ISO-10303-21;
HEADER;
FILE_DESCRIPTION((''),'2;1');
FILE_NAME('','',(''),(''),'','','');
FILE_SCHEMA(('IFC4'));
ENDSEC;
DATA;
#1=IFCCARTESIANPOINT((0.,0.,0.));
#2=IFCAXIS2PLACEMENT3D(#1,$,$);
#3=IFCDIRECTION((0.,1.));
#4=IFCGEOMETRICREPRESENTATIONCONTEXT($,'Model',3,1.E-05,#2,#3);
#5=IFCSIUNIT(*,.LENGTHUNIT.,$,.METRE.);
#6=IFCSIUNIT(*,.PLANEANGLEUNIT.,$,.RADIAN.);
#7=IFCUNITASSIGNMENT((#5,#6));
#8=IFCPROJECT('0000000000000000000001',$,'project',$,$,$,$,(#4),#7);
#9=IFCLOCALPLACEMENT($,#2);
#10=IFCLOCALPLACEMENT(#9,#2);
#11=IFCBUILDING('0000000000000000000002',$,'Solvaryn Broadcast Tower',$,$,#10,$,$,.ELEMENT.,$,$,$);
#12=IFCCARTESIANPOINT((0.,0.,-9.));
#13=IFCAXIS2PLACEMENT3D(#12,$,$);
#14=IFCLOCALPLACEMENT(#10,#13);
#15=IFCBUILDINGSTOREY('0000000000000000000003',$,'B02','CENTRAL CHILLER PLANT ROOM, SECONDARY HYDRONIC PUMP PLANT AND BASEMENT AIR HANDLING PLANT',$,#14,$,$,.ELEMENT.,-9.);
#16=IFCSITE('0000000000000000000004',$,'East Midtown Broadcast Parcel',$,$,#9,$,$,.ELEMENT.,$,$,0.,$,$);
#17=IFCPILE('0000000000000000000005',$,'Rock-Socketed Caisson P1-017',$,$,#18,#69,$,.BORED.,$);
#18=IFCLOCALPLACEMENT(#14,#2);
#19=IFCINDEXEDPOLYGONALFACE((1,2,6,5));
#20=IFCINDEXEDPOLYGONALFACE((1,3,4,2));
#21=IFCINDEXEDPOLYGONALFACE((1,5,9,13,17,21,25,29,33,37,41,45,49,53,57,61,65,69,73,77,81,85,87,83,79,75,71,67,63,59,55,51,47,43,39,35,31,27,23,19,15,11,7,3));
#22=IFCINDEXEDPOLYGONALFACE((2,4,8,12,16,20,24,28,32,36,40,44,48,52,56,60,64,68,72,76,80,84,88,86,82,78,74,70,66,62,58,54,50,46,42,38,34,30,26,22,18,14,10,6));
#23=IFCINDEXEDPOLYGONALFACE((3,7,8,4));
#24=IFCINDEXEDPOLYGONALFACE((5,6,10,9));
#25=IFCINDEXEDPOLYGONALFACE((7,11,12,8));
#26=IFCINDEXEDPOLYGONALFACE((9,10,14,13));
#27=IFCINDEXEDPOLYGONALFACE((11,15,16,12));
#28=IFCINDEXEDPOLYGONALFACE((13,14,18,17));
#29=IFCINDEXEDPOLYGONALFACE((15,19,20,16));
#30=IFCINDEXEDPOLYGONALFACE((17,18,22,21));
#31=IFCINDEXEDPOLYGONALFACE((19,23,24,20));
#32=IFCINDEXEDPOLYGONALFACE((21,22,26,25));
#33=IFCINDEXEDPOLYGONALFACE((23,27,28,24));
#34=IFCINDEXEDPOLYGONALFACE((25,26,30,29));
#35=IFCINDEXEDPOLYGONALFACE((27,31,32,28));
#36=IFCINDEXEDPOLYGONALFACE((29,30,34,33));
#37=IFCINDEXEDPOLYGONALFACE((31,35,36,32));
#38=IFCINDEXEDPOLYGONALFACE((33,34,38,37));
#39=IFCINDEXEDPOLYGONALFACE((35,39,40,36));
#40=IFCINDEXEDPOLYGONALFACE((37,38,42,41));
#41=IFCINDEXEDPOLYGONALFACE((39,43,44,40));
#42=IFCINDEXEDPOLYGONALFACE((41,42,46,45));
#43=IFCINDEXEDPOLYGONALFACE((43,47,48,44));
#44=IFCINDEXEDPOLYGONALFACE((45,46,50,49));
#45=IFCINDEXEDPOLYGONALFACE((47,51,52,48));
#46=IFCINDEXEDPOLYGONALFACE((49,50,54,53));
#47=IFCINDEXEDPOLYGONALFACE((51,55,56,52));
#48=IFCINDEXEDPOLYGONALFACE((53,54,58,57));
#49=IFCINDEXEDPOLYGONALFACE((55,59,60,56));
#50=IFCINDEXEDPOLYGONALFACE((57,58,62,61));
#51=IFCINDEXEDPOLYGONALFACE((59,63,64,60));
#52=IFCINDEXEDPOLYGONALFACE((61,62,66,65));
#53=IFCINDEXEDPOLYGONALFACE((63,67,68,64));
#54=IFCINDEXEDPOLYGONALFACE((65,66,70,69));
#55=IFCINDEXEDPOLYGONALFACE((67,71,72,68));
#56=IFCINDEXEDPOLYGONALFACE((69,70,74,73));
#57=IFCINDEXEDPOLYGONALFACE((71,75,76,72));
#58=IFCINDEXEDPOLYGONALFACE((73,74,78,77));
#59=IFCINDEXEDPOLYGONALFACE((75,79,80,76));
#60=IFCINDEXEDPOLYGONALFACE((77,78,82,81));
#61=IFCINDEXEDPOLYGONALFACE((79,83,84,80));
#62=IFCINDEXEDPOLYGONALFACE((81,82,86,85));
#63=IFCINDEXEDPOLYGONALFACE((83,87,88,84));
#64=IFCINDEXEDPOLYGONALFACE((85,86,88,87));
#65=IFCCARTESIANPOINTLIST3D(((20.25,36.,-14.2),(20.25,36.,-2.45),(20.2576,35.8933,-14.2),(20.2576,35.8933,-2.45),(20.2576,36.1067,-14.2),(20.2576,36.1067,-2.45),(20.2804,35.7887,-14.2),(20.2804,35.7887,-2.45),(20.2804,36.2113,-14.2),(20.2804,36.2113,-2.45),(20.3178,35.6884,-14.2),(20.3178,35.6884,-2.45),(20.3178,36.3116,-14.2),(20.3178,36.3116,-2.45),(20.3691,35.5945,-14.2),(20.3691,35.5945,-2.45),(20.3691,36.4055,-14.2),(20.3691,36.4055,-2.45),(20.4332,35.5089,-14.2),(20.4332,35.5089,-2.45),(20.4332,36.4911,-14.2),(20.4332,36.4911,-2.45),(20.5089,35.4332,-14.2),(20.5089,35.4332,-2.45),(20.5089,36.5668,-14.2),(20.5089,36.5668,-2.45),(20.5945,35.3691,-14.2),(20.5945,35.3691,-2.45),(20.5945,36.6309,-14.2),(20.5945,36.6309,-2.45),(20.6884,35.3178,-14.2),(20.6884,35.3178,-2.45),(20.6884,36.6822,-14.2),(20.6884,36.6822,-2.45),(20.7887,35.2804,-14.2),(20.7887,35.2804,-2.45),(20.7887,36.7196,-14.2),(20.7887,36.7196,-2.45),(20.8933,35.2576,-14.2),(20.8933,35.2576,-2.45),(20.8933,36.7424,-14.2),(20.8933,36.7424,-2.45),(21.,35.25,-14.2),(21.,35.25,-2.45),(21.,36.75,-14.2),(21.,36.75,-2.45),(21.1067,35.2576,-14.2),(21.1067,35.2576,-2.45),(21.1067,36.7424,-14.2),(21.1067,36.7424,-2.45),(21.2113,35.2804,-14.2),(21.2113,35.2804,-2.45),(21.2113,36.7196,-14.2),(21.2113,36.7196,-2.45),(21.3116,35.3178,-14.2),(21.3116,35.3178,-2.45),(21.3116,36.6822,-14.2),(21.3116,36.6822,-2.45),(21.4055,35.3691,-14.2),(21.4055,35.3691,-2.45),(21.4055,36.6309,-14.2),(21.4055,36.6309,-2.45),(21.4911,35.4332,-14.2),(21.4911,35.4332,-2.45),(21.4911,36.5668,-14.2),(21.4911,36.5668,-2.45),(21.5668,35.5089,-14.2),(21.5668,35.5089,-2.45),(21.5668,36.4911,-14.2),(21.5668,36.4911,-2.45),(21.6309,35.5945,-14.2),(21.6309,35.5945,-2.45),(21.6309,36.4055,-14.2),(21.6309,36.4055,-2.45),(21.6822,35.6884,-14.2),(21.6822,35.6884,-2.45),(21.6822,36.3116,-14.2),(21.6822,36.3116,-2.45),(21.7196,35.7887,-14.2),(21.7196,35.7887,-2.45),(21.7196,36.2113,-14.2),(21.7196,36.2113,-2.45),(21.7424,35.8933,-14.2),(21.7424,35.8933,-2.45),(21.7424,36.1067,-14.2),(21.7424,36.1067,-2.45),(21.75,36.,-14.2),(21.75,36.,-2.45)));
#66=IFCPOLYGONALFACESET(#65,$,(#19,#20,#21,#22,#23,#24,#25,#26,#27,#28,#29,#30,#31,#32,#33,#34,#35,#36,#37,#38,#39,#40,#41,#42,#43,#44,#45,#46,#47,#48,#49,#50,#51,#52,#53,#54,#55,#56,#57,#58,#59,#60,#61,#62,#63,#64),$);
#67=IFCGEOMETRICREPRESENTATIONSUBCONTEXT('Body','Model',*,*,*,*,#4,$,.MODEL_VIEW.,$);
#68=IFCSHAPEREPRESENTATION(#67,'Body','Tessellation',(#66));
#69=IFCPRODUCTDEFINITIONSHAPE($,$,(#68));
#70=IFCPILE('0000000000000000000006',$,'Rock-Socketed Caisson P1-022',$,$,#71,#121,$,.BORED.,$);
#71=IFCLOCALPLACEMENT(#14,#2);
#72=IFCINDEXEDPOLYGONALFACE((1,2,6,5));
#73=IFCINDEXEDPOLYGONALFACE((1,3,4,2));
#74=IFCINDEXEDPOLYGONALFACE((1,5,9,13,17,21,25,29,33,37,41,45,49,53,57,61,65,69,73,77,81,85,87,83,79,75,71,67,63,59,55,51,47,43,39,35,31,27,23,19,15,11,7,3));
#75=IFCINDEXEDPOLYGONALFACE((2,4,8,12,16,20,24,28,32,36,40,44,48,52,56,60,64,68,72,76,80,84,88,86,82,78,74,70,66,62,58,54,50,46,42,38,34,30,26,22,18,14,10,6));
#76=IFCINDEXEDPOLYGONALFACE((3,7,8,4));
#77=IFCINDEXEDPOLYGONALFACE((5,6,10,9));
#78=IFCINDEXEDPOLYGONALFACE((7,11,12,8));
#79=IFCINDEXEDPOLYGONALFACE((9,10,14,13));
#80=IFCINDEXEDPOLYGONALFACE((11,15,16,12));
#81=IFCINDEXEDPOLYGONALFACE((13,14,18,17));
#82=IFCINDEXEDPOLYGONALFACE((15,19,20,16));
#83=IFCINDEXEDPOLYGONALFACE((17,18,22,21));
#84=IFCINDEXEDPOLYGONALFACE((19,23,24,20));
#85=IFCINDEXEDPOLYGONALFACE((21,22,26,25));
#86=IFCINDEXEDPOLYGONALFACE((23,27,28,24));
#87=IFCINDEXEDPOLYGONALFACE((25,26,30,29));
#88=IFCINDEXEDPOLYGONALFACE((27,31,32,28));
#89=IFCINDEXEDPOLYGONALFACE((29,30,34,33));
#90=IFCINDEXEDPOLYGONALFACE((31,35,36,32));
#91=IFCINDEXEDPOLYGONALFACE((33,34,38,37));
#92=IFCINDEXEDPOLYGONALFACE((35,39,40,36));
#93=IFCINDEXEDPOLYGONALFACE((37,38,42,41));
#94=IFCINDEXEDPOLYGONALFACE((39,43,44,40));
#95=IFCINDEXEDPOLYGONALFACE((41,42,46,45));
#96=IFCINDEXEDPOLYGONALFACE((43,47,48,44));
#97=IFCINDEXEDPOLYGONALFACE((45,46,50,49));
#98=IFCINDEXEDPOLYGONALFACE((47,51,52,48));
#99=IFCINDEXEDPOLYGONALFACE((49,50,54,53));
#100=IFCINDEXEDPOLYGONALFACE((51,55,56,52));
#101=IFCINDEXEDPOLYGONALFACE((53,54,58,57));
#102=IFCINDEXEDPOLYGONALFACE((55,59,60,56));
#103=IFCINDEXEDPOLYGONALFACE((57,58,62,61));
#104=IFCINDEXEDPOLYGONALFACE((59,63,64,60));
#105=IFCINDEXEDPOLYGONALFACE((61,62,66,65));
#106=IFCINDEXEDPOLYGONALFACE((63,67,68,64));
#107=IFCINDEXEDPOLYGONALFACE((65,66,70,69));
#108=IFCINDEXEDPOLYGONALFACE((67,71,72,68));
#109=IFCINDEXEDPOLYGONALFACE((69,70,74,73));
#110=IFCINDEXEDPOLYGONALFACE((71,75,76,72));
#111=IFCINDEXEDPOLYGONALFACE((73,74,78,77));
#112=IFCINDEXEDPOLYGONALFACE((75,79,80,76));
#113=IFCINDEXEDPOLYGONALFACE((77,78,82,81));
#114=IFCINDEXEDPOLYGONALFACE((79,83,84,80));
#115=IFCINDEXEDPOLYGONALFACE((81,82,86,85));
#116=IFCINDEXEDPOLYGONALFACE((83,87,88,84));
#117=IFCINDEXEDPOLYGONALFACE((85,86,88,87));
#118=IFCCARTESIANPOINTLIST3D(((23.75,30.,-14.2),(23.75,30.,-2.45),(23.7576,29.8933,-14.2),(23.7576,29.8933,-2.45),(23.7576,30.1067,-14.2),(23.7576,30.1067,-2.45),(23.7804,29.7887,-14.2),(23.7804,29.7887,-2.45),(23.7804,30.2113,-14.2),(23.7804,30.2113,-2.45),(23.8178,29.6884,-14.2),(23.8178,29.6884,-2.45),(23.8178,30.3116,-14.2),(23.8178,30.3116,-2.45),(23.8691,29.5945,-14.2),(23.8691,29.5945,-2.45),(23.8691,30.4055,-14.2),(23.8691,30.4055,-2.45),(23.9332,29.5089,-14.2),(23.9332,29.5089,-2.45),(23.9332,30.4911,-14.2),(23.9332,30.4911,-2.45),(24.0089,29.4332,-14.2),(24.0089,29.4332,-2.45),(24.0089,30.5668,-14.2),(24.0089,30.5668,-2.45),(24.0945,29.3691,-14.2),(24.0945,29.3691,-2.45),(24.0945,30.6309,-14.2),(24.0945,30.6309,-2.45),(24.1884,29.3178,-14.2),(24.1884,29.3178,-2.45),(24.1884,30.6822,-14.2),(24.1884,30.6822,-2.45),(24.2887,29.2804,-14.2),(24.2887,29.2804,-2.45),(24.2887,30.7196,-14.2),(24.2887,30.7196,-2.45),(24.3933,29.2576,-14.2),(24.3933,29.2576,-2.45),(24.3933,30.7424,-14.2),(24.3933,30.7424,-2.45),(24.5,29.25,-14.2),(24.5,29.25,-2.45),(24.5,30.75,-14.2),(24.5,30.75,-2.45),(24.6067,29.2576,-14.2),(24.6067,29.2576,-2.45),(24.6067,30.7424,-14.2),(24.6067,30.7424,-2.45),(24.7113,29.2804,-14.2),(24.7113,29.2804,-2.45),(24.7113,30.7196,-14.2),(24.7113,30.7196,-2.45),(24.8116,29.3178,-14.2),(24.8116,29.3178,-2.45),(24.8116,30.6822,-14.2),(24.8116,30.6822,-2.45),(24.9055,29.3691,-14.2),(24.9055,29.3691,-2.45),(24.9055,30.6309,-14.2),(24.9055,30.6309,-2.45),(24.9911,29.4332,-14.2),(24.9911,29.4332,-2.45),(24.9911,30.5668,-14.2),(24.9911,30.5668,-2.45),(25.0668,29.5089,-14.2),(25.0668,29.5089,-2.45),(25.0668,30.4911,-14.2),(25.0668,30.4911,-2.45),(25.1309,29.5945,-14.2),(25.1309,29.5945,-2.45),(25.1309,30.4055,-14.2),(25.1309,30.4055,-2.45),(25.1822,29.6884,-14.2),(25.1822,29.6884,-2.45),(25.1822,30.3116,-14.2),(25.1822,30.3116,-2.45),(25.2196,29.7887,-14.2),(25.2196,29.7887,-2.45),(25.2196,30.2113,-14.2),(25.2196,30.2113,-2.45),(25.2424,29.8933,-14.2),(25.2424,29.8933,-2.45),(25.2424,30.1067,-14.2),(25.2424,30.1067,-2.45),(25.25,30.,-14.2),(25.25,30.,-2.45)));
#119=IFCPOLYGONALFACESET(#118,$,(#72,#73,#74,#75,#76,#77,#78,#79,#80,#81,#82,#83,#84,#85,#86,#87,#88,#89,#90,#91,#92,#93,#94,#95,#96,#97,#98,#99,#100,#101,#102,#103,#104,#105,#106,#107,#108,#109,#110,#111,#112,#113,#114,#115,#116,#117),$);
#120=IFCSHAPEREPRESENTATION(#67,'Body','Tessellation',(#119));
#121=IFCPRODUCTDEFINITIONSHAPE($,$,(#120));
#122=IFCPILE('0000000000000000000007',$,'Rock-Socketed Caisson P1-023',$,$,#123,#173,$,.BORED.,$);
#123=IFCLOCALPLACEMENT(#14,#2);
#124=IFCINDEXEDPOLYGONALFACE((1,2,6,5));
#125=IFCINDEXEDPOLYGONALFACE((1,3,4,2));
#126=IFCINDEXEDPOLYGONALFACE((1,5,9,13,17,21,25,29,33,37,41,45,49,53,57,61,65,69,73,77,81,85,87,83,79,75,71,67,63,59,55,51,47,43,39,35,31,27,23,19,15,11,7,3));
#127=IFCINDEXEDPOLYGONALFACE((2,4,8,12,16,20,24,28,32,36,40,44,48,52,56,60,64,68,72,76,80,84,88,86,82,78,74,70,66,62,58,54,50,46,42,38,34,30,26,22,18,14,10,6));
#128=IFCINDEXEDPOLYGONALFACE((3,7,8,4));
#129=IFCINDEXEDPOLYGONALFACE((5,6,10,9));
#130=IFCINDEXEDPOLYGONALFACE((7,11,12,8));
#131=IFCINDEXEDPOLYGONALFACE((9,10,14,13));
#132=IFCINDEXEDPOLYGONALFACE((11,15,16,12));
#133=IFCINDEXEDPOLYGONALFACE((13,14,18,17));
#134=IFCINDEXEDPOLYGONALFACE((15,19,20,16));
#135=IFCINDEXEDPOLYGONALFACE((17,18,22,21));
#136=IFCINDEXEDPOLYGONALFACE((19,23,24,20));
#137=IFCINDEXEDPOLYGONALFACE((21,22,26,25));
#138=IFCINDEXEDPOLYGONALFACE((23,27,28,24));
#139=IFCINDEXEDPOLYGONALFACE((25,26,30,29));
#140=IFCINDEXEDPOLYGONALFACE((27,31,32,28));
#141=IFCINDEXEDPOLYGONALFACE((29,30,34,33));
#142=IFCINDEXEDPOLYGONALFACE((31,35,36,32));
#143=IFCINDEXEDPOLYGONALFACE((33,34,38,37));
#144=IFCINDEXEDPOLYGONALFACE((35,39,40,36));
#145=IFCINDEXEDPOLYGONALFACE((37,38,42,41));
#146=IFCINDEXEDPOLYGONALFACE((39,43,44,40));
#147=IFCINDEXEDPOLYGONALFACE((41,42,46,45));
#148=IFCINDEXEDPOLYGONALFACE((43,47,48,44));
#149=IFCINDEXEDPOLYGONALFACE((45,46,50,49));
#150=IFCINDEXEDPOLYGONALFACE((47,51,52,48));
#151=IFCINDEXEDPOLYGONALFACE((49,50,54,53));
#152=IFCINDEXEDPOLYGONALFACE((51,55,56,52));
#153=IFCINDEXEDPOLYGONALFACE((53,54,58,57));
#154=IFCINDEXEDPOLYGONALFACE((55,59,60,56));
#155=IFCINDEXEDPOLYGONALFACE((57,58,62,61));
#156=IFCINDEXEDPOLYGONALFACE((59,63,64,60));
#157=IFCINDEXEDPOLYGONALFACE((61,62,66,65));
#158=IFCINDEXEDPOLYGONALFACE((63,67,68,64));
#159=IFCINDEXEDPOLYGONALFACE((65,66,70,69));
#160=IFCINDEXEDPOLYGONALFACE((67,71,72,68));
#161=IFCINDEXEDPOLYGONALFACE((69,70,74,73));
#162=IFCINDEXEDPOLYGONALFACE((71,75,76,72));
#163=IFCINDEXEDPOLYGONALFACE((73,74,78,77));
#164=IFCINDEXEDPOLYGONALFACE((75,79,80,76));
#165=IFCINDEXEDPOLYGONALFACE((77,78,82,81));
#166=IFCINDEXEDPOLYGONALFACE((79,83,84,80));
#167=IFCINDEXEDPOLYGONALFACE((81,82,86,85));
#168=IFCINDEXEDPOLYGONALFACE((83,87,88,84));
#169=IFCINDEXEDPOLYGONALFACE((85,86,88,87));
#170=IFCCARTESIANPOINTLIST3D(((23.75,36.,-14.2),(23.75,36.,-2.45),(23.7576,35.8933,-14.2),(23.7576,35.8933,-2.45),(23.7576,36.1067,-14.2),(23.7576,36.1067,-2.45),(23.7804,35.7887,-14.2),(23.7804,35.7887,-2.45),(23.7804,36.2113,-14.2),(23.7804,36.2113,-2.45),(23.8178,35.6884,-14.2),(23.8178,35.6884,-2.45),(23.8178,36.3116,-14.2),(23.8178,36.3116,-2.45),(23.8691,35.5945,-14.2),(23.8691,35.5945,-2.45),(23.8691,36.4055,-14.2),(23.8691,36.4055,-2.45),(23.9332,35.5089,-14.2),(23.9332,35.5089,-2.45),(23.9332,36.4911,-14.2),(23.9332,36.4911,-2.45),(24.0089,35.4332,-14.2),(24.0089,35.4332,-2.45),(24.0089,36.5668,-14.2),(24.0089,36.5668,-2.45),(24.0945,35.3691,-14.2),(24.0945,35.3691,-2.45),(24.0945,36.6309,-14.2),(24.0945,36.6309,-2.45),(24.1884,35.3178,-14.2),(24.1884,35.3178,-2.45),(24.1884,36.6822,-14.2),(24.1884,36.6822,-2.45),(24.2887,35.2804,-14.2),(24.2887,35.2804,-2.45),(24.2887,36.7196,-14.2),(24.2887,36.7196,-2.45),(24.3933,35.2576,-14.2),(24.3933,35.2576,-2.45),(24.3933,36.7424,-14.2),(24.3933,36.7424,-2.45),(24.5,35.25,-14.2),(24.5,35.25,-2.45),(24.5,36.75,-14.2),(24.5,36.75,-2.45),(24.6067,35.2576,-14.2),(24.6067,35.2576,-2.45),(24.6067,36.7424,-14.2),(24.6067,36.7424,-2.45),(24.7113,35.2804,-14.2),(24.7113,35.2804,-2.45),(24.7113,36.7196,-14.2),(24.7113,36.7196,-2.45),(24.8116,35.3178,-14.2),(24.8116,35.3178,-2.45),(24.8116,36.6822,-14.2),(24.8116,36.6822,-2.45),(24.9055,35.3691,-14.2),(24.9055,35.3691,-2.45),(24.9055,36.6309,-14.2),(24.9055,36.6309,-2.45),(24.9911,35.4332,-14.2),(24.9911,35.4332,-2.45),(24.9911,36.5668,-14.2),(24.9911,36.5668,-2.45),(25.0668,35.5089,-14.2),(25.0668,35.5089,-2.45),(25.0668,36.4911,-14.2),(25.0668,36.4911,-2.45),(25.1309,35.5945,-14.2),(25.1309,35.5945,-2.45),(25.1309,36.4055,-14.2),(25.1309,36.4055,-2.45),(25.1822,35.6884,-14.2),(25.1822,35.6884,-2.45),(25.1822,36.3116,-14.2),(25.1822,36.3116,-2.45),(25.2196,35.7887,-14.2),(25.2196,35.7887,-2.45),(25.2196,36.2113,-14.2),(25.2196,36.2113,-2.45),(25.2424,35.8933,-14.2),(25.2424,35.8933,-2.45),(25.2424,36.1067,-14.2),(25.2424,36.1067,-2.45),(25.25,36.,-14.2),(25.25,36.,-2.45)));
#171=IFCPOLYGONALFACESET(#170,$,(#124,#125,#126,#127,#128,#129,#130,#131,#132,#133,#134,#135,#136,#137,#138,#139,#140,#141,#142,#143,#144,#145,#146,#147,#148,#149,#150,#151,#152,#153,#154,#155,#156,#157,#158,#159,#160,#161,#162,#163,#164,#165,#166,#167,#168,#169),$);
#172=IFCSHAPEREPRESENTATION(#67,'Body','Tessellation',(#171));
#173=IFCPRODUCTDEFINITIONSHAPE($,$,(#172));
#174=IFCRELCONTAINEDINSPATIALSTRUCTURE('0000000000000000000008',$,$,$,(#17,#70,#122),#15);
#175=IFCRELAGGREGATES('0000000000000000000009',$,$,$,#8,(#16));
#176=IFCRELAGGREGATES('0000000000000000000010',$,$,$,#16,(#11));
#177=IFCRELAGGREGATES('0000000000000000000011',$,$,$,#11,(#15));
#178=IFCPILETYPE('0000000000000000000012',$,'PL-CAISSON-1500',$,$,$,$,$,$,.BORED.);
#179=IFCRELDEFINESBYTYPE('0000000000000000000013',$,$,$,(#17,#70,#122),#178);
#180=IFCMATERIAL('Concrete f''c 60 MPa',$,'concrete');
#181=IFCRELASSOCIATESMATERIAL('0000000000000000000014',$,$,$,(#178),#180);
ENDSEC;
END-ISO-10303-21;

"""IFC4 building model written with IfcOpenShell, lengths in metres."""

from ifc_helpers import new_model, si_unit, direction, frame, origin, origin_2d, place, context, subcontext, project, spatial, circle, extrude, material, material_profile, profile_set, type_object, element, save


model = new_model("IFC4")

# Units and contexts
model_context = context("Model", 3, precision=1e-05, world=origin(), true_north=direction((0.0, 1.0)))
body_context = subcontext(model_context, "Body", "Model", "MODEL_VIEW")
ifc_project = project(units=[si_unit("LENGTHUNIT", "METRE"), si_unit("PLANEANGLEUNIT", "RADIAN")], contexts=[model_context])

# Site, building, storey
site_placement = place(None, origin())
site = spatial("IfcSite", under=ifc_project, at=site_placement, Name="East Midtown Broadcast Parcel", CompositionType="ELEMENT", RefElevation=0.0)
building_placement = place(site_placement, origin())
building = spatial("IfcBuilding", under=site, at=building_placement, Name="Solvaryn Broadcast Tower", CompositionType="ELEMENT")
storey_placement = place(building_placement, frame((0.0, 0.0, -9.0)))
storey = spatial("IfcBuildingStorey", under=building, at=storey_placement, Name="B02", Description="CENTRAL CHILLER PLANT ROOM, SECONDARY HYDRONIC PUMP PLANT AND BASEMENT AIR HANDLING PLANT", CompositionType="ELEMENT", Elevation=-9.0)

# Piles
ifc_material_1 = material(Name="Concrete f'c 60 MPa", Category="concrete")
ifc_material_profile_1 = material_profile(ifc_material_1, circle(Radius=0.75, at=origin_2d()))
ifc_profile_set_1 = profile_set([ifc_material_profile_1], Name="Concrete f'c 60 MPa")
pile_type = type_object("IfcPileType", Name="PL-CAISSON-1500", PredefinedType="BORED", material=ifc_profile_set_1)
for number, where, z_axis, x_axis, name in (
    (1, (21.0, 36.0, -2.45), (0.0, 0.0, -1.0), (1.0, 0.0, 0.0), "Rock-Socketed Caisson P1-017"),
    (2, (24.5, 30.0, -2.45), (0.0, 0.0, -1.0), (1.0, 0.0, 0.0), "Rock-Socketed Caisson P1-022"),
    (3, (24.5, 36.0, -2.45), (0.0, 0.0, -1.0), (1.0, 0.0, 0.0), "Rock-Socketed Caisson P1-023"),
):
    element("IfcPile", number, at=place(storey_placement, frame(where, z_axis=z_axis, x_axis=x_axis)), inside=storey, type_object=pile_type, Name=name, PredefinedType="BORED", context=body_context, shape_type="SweptSolid", body=[
        extrude(circle(Radius=0.75, at=origin_2d()), origin(), (0.0, 0.0, 1.0), 11.75),
    ])

save(model, "model.ifc")
